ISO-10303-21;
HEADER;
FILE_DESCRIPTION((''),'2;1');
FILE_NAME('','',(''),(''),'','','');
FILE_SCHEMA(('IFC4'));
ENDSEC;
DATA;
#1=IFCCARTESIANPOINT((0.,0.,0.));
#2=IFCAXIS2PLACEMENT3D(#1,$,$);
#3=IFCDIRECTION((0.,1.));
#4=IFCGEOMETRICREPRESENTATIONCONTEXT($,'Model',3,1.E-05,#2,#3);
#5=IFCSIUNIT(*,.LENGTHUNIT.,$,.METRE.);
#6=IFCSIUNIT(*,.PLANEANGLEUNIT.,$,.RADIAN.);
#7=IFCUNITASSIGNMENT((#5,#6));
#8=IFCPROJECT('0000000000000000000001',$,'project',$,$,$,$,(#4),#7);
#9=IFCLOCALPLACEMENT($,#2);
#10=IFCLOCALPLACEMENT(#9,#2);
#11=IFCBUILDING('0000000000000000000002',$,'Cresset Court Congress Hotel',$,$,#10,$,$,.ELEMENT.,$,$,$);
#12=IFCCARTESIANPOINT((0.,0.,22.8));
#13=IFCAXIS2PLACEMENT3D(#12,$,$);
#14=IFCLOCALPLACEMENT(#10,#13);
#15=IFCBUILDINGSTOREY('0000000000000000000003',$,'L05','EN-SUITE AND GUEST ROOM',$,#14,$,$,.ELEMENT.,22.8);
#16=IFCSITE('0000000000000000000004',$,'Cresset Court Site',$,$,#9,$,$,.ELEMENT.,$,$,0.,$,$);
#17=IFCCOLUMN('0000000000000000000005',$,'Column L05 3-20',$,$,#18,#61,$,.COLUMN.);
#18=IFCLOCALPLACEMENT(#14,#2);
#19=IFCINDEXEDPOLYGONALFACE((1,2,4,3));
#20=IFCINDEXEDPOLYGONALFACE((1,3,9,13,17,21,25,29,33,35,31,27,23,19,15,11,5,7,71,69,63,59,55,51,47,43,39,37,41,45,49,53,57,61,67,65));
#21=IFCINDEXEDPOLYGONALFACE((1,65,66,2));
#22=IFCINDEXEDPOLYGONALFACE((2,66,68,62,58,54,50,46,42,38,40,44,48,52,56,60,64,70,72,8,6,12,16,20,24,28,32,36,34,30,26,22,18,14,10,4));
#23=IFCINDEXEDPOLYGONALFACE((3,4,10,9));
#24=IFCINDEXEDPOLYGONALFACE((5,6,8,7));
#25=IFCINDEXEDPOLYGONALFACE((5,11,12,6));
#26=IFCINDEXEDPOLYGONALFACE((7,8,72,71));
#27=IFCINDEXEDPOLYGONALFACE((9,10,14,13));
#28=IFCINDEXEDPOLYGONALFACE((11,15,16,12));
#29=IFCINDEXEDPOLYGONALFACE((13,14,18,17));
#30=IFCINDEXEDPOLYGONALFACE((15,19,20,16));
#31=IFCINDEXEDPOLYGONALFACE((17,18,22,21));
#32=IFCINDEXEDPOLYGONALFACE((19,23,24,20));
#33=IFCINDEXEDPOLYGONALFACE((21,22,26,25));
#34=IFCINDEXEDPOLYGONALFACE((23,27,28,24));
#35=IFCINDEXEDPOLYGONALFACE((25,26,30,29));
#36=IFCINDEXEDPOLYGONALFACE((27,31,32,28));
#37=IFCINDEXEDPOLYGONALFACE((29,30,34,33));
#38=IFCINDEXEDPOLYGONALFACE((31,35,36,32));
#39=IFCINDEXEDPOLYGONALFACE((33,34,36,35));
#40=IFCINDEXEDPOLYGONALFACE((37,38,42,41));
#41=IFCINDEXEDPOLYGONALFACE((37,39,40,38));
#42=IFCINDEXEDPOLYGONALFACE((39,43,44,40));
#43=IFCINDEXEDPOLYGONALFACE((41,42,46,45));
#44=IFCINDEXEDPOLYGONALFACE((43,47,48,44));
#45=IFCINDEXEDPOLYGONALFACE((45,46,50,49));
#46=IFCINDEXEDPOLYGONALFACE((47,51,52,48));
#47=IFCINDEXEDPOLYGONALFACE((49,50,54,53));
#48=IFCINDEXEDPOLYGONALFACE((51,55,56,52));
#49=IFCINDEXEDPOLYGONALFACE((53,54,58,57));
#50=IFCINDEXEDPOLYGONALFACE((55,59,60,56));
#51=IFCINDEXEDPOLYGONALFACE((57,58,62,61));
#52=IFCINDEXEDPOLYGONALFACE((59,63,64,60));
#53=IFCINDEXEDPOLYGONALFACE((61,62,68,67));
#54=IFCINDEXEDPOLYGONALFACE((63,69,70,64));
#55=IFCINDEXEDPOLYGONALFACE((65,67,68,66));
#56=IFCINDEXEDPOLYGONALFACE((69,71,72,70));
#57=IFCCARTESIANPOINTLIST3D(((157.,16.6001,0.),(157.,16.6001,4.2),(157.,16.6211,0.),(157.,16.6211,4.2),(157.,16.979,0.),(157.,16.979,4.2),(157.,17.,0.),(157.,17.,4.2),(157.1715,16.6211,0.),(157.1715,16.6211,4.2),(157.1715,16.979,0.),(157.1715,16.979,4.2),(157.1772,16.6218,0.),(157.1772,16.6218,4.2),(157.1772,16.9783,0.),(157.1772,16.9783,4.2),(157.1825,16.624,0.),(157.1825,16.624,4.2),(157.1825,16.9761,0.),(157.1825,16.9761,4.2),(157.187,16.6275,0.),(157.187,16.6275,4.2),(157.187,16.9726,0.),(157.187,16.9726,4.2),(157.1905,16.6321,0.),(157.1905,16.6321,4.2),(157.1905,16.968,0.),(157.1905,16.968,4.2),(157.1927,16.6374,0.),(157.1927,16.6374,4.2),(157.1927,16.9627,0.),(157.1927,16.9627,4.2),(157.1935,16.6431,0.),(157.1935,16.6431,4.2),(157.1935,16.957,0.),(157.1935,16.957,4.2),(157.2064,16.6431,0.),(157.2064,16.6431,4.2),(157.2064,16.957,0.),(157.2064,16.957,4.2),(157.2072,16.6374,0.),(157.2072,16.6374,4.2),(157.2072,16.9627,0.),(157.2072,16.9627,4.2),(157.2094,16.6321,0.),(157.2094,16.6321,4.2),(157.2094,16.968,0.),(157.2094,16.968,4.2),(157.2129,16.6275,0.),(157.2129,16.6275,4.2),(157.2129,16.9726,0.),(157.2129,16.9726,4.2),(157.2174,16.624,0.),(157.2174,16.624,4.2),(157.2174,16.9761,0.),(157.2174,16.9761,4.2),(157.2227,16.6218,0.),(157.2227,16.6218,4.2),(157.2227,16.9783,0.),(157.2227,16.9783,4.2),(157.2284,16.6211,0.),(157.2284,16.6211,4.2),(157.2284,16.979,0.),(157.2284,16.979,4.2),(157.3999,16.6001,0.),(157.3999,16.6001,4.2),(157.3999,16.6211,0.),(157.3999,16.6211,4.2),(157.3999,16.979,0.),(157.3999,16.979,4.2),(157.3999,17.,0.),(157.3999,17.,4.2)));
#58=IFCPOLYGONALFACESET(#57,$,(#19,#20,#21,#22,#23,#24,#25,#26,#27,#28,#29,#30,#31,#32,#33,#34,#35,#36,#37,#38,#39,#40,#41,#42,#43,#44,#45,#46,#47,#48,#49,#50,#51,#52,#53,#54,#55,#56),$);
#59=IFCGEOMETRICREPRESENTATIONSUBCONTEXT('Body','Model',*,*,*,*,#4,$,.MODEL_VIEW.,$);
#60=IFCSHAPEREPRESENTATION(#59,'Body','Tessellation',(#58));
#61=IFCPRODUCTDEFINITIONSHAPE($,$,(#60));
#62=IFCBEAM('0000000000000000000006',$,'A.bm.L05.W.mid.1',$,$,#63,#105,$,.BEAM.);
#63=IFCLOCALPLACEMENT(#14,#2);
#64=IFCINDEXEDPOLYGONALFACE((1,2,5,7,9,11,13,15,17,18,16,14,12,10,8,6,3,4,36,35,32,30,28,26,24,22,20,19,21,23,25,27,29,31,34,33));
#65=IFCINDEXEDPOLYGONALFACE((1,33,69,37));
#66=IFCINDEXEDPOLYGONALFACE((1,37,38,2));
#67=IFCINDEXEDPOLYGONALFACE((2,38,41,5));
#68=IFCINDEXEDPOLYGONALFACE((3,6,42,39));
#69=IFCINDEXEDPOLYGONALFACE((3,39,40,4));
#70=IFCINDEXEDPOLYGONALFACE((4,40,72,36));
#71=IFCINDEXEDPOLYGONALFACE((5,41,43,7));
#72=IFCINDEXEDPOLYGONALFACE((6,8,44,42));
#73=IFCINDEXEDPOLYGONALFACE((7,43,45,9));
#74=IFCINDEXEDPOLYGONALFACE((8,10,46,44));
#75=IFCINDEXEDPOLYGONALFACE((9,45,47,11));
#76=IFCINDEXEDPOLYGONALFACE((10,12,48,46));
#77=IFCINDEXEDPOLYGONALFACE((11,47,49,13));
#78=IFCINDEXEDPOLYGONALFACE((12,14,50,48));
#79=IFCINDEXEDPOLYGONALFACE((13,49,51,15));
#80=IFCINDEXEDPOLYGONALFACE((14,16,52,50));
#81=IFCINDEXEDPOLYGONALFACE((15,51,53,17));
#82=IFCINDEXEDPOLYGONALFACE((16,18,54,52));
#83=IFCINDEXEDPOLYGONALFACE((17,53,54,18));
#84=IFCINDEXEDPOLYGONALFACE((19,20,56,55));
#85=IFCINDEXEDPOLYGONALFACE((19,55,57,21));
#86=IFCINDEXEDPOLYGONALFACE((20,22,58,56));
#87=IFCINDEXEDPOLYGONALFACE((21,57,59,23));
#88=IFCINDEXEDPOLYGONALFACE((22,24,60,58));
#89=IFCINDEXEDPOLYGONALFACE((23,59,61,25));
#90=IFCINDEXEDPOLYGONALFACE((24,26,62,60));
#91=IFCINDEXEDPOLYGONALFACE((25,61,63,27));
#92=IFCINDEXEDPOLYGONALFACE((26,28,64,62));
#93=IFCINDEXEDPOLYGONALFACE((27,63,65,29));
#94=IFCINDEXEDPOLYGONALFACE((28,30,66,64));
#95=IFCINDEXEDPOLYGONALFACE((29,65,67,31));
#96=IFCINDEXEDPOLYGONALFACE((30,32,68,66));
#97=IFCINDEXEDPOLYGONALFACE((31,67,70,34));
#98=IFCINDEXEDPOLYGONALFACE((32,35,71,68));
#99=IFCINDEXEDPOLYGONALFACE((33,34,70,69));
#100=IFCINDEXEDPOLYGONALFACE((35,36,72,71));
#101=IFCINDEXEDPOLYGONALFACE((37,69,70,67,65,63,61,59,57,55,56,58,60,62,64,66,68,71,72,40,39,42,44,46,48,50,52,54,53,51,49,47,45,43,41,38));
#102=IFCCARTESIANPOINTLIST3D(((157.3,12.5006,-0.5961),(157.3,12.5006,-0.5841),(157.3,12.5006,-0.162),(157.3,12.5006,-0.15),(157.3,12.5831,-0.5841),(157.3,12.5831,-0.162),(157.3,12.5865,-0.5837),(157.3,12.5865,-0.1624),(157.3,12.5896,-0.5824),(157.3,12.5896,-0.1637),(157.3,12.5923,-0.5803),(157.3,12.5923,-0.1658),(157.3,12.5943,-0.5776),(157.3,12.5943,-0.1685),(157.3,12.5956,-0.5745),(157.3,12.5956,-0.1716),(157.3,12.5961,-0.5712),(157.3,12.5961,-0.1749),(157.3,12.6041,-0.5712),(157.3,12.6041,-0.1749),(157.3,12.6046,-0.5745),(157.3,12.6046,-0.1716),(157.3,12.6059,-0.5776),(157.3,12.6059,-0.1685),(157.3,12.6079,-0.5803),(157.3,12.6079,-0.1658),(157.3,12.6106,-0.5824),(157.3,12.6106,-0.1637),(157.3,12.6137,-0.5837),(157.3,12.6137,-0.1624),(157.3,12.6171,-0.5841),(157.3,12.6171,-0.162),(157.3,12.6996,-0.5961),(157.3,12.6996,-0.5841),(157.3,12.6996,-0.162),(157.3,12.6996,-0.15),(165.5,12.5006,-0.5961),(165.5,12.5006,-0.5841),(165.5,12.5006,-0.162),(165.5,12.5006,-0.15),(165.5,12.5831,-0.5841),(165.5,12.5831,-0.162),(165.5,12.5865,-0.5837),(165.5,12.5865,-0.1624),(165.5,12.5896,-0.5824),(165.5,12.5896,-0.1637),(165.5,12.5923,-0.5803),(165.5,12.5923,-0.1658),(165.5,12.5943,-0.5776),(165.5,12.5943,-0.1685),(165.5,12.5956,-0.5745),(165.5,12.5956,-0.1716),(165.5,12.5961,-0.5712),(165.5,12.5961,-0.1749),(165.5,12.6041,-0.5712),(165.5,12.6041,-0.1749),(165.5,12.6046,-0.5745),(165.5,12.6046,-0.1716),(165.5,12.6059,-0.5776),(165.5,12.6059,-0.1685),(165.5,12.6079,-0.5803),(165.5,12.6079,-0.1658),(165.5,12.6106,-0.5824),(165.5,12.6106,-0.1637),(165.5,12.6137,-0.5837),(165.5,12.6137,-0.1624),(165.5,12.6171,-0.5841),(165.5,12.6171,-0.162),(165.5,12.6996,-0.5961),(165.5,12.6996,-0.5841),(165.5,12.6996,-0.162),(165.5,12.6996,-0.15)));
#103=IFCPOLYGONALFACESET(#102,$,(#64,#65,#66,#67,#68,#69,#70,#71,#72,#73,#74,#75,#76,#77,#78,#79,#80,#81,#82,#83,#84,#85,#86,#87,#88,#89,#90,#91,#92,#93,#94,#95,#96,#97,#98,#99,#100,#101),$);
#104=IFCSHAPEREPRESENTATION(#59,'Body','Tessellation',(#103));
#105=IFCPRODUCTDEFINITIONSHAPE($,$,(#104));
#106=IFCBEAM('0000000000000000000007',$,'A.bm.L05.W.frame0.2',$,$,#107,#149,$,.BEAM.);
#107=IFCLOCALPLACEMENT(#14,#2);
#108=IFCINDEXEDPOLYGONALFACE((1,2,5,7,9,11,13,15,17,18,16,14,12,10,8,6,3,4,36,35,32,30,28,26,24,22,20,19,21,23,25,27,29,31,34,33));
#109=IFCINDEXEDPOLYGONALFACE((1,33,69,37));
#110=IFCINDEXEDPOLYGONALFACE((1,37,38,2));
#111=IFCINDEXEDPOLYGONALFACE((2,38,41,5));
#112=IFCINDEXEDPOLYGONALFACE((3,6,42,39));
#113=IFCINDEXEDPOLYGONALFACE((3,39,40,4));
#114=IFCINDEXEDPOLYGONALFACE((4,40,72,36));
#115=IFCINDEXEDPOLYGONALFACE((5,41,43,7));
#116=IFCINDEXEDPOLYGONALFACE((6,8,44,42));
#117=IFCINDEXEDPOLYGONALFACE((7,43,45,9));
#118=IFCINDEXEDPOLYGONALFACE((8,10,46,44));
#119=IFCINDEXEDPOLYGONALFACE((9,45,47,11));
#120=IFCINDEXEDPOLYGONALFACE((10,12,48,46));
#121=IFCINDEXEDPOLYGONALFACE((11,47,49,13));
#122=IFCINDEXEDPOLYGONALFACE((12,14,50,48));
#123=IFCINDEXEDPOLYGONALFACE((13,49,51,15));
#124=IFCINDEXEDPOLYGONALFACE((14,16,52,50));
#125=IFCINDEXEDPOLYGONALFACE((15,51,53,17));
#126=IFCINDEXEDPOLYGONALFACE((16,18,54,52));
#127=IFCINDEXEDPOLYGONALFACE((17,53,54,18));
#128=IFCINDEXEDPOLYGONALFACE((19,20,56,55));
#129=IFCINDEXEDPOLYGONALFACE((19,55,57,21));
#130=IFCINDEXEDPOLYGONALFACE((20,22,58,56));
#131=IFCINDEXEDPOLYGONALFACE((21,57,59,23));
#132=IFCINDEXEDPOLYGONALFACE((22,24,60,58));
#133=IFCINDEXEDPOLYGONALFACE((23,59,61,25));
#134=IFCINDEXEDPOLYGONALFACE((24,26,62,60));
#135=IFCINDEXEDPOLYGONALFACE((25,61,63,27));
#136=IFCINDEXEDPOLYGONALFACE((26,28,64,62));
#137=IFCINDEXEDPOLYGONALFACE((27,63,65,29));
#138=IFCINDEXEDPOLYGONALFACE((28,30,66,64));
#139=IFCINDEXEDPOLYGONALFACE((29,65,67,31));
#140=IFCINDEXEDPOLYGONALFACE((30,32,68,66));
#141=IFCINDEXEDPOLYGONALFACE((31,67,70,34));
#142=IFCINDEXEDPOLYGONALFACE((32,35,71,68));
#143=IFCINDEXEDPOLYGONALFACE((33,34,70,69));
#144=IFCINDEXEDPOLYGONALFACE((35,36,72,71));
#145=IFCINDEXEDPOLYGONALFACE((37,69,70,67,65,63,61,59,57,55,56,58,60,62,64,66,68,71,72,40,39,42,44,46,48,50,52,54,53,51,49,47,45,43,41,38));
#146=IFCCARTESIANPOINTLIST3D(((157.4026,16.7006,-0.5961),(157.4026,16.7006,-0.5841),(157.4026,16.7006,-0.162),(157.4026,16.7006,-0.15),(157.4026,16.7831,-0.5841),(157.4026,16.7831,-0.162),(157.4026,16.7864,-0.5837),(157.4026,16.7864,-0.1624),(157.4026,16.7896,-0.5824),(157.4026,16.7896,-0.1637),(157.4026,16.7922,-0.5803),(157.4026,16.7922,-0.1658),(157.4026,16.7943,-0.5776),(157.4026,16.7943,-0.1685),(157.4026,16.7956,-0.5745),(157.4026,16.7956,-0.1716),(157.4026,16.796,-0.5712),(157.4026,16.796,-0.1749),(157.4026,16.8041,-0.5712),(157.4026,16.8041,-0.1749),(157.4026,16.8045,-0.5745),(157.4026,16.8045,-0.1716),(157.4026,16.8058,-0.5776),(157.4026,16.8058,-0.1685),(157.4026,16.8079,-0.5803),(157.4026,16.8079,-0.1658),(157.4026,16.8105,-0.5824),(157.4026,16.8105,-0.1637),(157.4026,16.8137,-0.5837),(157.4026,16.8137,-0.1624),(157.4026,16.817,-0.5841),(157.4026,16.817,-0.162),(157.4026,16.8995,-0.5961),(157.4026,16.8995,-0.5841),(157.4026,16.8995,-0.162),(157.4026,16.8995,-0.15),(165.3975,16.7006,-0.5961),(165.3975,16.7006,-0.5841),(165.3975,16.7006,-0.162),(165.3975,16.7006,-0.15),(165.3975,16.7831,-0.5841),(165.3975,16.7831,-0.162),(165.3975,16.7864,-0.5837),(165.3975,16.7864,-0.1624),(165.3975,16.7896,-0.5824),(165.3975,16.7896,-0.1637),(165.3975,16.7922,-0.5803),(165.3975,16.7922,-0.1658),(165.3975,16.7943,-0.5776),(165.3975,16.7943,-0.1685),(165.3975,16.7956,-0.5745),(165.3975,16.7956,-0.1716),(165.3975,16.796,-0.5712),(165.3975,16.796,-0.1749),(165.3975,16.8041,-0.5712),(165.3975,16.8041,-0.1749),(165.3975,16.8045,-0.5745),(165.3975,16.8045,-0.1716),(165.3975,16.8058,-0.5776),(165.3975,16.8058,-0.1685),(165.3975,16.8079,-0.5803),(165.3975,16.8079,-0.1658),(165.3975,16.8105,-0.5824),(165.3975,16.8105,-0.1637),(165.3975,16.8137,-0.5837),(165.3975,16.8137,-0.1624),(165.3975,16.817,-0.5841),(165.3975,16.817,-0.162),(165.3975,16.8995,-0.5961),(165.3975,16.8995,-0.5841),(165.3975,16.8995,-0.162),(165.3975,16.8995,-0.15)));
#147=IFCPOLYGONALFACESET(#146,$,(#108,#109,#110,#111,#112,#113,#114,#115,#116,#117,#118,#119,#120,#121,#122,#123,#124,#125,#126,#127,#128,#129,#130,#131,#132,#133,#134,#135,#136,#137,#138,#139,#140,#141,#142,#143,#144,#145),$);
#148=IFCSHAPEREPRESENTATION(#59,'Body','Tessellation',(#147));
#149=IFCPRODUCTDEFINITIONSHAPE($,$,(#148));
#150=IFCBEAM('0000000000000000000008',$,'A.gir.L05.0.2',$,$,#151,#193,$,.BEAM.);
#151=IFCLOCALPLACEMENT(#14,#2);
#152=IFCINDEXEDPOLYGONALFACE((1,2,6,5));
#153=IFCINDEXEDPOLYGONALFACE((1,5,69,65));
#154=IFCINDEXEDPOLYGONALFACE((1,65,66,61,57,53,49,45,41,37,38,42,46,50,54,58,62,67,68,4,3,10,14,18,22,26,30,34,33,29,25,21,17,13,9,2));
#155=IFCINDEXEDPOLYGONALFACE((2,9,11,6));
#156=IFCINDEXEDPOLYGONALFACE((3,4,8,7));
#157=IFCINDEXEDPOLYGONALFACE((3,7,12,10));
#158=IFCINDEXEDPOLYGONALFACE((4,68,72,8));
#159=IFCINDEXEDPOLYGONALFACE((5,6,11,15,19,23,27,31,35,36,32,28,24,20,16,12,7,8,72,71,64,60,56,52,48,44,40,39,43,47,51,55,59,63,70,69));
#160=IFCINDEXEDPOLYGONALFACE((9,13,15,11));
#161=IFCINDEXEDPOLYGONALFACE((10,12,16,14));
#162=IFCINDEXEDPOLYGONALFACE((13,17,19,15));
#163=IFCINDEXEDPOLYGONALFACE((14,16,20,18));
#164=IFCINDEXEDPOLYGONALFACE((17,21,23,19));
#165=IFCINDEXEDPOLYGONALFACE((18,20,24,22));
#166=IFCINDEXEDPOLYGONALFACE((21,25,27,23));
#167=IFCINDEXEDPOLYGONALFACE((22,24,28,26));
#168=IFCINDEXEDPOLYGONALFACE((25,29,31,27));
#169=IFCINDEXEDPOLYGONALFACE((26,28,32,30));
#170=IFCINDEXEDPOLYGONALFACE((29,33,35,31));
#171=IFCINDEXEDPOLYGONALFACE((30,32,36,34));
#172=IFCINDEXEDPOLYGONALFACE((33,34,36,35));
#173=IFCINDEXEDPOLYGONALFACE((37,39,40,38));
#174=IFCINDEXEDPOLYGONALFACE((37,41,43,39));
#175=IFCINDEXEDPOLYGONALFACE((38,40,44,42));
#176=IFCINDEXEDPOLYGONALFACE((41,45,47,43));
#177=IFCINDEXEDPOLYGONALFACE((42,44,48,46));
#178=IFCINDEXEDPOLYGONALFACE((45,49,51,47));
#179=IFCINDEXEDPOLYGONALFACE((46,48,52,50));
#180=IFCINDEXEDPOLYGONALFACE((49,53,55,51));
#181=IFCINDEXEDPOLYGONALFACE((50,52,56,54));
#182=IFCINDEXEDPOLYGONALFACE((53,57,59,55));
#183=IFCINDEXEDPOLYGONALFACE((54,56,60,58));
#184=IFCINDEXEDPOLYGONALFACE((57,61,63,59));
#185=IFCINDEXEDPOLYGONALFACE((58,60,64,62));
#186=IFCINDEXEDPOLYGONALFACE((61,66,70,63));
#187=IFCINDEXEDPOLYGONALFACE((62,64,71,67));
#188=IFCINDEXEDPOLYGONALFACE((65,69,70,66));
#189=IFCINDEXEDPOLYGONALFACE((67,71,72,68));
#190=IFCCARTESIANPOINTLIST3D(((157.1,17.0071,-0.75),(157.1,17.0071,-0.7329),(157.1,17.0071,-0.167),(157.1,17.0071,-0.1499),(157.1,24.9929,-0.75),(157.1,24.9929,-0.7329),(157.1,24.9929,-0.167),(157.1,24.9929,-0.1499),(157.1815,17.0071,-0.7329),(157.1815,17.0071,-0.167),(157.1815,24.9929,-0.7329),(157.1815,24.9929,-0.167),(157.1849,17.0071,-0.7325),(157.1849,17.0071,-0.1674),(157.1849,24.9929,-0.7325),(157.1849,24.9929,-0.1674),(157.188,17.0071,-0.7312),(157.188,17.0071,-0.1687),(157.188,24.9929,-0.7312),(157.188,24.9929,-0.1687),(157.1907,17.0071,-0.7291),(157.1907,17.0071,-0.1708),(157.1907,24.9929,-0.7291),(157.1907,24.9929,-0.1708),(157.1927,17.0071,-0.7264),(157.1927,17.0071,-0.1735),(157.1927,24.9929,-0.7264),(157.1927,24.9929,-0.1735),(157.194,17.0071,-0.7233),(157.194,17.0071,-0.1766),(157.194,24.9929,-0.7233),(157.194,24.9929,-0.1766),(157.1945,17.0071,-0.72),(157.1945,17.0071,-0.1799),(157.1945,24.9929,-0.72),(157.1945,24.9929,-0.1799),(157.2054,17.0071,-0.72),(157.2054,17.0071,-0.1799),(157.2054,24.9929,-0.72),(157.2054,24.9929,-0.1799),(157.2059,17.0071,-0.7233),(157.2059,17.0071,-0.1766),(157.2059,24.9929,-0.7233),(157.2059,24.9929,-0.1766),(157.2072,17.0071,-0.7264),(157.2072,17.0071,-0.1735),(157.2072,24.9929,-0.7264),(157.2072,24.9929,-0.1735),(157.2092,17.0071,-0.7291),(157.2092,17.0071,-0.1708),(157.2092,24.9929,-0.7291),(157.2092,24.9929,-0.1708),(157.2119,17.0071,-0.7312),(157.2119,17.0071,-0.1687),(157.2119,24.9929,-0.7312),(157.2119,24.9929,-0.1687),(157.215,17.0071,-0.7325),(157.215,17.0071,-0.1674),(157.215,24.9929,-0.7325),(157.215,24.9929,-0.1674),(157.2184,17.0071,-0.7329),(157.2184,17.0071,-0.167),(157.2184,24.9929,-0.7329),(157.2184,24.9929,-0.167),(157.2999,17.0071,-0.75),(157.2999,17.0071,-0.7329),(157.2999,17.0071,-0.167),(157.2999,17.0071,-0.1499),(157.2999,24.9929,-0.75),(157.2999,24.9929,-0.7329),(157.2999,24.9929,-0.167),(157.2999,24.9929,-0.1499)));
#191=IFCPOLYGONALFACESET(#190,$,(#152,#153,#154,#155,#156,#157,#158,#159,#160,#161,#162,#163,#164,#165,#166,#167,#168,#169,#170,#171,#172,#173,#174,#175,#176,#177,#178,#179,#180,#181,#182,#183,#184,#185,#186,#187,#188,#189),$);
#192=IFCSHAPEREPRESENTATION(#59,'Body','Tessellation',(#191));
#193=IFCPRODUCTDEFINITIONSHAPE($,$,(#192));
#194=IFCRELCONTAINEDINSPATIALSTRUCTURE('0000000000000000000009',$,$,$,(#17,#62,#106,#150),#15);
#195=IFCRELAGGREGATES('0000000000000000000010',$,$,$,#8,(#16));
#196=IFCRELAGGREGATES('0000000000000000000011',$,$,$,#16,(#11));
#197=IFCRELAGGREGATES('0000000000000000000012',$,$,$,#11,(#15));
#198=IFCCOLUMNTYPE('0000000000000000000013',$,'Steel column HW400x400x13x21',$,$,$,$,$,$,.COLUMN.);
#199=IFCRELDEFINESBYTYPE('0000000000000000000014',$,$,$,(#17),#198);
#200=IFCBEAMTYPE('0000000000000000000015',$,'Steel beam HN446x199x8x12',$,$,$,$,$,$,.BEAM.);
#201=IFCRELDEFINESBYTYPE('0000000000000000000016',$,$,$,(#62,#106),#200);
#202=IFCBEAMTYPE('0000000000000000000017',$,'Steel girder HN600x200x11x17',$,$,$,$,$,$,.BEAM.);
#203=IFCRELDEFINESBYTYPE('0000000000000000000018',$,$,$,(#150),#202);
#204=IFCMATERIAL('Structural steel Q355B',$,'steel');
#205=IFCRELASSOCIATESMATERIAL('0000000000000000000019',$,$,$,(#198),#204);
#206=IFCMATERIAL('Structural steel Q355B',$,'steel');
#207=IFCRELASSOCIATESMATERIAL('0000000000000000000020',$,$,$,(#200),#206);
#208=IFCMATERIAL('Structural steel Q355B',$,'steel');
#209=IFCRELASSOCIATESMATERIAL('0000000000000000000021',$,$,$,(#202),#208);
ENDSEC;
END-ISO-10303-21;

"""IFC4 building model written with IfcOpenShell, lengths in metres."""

from ifc_helpers import new_model, si_unit, direction, frame, origin, origin_2d, place, context, subcontext, project, spatial, i_section, extrude, material, material_profile, profile_set, type_object, element, save


model = new_model("IFC4")

# Units and contexts
model_context = context("Model", 3, precision=1e-05, world=origin(), true_north=direction((0.0, 1.0)))
body_context = subcontext(model_context, "Body", "Model", "MODEL_VIEW")
ifc_project = project(units=[si_unit("LENGTHUNIT", "METRE"), si_unit("PLANEANGLEUNIT", "RADIAN")], contexts=[model_context])

# Site, building, storey
site_placement = place(None, origin())
site = spatial("IfcSite", under=ifc_project, at=site_placement, Name="Cresset Court Site", CompositionType="ELEMENT", RefElevation=0.0)
building_placement = place(site_placement, origin())
building = spatial("IfcBuilding", under=site, at=building_placement, Name="Cresset Court Congress Hotel", CompositionType="ELEMENT")
storey_placement = place(building_placement, frame((0.0, 0.0, 22.8)))
storey = spatial("IfcBuildingStorey", under=building, at=storey_placement, Name="L05", Description="EN-SUITE AND GUEST ROOM", CompositionType="ELEMENT", Elevation=22.8)

# Column
ifc_material_1 = material(Name="Structural steel Q355B", Category="steel")
ifc_material_profile_1 = material_profile(ifc_material_1, i_section(OverallWidth=0.3999, OverallDepth=0.3999, WebThickness=0.0129, FlangeThickness=0.021, FilletRadius=0.022, at=origin_2d()), Name="HW400x400x13x21")
ifc_profile_set_1 = profile_set([ifc_material_profile_1], Name="Structural steel Q355B")
column_type = type_object("IfcColumnType", Name="Steel column HW400x400x13x21", PredefinedType="COLUMN", material=ifc_profile_set_1)
column_placement = place(storey_placement, frame((157.2, 16.8, 0.0), z_axis=(0.0, 0.0, 1.0), x_axis=(1.0, 0.0, 0.0)))
element("IfcColumn", 1, at=column_placement, inside=storey, type_object=column_type, Name="Column L05 3-20", PredefinedType="COLUMN", context=body_context, shape_type="SweptSolid", body=[
    extrude(i_section(OverallWidth=0.3999, OverallDepth=0.3999, WebThickness=0.0129, FlangeThickness=0.021, FilletRadius=0.022, at=origin_2d()), origin(), (0.0, 0.0, 1.0), 4.2),
])

# Beams
ifc_material_2 = material(Name="Structural steel Q355B", Category="steel")
ifc_material_profile_2 = material_profile(ifc_material_2, i_section(OverallWidth=0.199, OverallDepth=0.446, WebThickness=0.0081, FlangeThickness=0.012, FilletRadius=0.0129, at=origin_2d()), Name="HN446x199x8x12")
ifc_profile_set_2 = profile_set([ifc_material_profile_2], Name="Structural steel Q355B")
beam_type_1 = type_object("IfcBeamType", Name="Steel beam HN446x199x8x12", PredefinedType="BEAM", material=ifc_profile_set_2)
beam_1_placement = place(storey_placement, frame((157.3, 12.6001, -0.373), z_axis=(1.0, 0.0, 0.0), x_axis=(0.0, 1.0, 0.0)))
element("IfcBeam", 2, at=beam_1_placement, inside=storey, type_object=beam_type_1, Name="A.bm.L05.W.mid.1", PredefinedType="BEAM", context=body_context, shape_type="SweptSolid", body=[
    extrude(i_section(OverallWidth=0.199, OverallDepth=0.446, WebThickness=0.0081, FlangeThickness=0.012, FilletRadius=0.0129, at=origin_2d()), origin(), (0.0, 0.0, 1.0), 8.2),
])
beam_2_placement = place(storey_placement, frame((157.4026, 16.8, -0.373), z_axis=(1.0, 0.0, 0.0), x_axis=(0.0, 1.0, 0.0)))
element("IfcBeam", 3, at=beam_2_placement, inside=storey, type_object=beam_type_1, Name="A.bm.L05.W.frame0.2", PredefinedType="BEAM", context=body_context, shape_type="SweptSolid", body=[
    extrude(i_section(OverallWidth=0.199, OverallDepth=0.446, WebThickness=0.0081, FlangeThickness=0.012, FilletRadius=0.0129, at=origin_2d()), origin(), (0.0, 0.0, 1.0), 7.9949),
])
ifc_material_3 = material(Name="Structural steel Q355B", Category="steel")
ifc_material_profile_3 = material_profile(ifc_material_3, i_section(OverallWidth=0.2, OverallDepth=0.6001, WebThickness=0.011, FlangeThickness=0.0171, FilletRadius=0.0129, at=origin_2d()), Name="HN600x200x11x17")
ifc_profile_set_3 = profile_set([ifc_material_profile_3], Name="Structural steel Q355B")
beam_type_2 = type_object("IfcBeamType", Name="Steel girder HN600x200x11x17", PredefinedType="BEAM", material=ifc_profile_set_3)
beam_3_placement = place(storey_placement, frame((157.2, 17.0071, -0.45), z_axis=(0.0, 1.0, 0.0), x_axis=(-1.0, 0.0, 0.0)))
element("IfcBeam", 4, at=beam_3_placement, inside=storey, type_object=beam_type_2, Name="A.gir.L05.0.2", PredefinedType="BEAM", context=body_context, shape_type="SweptSolid", body=[
    extrude(i_section(OverallWidth=0.2, OverallDepth=0.6001, WebThickness=0.011, FlangeThickness=0.0171, FilletRadius=0.0129, at=origin_2d()), origin(), (0.0, 0.0, 1.0), 7.9858),
])

save(model, "model.ifc")
